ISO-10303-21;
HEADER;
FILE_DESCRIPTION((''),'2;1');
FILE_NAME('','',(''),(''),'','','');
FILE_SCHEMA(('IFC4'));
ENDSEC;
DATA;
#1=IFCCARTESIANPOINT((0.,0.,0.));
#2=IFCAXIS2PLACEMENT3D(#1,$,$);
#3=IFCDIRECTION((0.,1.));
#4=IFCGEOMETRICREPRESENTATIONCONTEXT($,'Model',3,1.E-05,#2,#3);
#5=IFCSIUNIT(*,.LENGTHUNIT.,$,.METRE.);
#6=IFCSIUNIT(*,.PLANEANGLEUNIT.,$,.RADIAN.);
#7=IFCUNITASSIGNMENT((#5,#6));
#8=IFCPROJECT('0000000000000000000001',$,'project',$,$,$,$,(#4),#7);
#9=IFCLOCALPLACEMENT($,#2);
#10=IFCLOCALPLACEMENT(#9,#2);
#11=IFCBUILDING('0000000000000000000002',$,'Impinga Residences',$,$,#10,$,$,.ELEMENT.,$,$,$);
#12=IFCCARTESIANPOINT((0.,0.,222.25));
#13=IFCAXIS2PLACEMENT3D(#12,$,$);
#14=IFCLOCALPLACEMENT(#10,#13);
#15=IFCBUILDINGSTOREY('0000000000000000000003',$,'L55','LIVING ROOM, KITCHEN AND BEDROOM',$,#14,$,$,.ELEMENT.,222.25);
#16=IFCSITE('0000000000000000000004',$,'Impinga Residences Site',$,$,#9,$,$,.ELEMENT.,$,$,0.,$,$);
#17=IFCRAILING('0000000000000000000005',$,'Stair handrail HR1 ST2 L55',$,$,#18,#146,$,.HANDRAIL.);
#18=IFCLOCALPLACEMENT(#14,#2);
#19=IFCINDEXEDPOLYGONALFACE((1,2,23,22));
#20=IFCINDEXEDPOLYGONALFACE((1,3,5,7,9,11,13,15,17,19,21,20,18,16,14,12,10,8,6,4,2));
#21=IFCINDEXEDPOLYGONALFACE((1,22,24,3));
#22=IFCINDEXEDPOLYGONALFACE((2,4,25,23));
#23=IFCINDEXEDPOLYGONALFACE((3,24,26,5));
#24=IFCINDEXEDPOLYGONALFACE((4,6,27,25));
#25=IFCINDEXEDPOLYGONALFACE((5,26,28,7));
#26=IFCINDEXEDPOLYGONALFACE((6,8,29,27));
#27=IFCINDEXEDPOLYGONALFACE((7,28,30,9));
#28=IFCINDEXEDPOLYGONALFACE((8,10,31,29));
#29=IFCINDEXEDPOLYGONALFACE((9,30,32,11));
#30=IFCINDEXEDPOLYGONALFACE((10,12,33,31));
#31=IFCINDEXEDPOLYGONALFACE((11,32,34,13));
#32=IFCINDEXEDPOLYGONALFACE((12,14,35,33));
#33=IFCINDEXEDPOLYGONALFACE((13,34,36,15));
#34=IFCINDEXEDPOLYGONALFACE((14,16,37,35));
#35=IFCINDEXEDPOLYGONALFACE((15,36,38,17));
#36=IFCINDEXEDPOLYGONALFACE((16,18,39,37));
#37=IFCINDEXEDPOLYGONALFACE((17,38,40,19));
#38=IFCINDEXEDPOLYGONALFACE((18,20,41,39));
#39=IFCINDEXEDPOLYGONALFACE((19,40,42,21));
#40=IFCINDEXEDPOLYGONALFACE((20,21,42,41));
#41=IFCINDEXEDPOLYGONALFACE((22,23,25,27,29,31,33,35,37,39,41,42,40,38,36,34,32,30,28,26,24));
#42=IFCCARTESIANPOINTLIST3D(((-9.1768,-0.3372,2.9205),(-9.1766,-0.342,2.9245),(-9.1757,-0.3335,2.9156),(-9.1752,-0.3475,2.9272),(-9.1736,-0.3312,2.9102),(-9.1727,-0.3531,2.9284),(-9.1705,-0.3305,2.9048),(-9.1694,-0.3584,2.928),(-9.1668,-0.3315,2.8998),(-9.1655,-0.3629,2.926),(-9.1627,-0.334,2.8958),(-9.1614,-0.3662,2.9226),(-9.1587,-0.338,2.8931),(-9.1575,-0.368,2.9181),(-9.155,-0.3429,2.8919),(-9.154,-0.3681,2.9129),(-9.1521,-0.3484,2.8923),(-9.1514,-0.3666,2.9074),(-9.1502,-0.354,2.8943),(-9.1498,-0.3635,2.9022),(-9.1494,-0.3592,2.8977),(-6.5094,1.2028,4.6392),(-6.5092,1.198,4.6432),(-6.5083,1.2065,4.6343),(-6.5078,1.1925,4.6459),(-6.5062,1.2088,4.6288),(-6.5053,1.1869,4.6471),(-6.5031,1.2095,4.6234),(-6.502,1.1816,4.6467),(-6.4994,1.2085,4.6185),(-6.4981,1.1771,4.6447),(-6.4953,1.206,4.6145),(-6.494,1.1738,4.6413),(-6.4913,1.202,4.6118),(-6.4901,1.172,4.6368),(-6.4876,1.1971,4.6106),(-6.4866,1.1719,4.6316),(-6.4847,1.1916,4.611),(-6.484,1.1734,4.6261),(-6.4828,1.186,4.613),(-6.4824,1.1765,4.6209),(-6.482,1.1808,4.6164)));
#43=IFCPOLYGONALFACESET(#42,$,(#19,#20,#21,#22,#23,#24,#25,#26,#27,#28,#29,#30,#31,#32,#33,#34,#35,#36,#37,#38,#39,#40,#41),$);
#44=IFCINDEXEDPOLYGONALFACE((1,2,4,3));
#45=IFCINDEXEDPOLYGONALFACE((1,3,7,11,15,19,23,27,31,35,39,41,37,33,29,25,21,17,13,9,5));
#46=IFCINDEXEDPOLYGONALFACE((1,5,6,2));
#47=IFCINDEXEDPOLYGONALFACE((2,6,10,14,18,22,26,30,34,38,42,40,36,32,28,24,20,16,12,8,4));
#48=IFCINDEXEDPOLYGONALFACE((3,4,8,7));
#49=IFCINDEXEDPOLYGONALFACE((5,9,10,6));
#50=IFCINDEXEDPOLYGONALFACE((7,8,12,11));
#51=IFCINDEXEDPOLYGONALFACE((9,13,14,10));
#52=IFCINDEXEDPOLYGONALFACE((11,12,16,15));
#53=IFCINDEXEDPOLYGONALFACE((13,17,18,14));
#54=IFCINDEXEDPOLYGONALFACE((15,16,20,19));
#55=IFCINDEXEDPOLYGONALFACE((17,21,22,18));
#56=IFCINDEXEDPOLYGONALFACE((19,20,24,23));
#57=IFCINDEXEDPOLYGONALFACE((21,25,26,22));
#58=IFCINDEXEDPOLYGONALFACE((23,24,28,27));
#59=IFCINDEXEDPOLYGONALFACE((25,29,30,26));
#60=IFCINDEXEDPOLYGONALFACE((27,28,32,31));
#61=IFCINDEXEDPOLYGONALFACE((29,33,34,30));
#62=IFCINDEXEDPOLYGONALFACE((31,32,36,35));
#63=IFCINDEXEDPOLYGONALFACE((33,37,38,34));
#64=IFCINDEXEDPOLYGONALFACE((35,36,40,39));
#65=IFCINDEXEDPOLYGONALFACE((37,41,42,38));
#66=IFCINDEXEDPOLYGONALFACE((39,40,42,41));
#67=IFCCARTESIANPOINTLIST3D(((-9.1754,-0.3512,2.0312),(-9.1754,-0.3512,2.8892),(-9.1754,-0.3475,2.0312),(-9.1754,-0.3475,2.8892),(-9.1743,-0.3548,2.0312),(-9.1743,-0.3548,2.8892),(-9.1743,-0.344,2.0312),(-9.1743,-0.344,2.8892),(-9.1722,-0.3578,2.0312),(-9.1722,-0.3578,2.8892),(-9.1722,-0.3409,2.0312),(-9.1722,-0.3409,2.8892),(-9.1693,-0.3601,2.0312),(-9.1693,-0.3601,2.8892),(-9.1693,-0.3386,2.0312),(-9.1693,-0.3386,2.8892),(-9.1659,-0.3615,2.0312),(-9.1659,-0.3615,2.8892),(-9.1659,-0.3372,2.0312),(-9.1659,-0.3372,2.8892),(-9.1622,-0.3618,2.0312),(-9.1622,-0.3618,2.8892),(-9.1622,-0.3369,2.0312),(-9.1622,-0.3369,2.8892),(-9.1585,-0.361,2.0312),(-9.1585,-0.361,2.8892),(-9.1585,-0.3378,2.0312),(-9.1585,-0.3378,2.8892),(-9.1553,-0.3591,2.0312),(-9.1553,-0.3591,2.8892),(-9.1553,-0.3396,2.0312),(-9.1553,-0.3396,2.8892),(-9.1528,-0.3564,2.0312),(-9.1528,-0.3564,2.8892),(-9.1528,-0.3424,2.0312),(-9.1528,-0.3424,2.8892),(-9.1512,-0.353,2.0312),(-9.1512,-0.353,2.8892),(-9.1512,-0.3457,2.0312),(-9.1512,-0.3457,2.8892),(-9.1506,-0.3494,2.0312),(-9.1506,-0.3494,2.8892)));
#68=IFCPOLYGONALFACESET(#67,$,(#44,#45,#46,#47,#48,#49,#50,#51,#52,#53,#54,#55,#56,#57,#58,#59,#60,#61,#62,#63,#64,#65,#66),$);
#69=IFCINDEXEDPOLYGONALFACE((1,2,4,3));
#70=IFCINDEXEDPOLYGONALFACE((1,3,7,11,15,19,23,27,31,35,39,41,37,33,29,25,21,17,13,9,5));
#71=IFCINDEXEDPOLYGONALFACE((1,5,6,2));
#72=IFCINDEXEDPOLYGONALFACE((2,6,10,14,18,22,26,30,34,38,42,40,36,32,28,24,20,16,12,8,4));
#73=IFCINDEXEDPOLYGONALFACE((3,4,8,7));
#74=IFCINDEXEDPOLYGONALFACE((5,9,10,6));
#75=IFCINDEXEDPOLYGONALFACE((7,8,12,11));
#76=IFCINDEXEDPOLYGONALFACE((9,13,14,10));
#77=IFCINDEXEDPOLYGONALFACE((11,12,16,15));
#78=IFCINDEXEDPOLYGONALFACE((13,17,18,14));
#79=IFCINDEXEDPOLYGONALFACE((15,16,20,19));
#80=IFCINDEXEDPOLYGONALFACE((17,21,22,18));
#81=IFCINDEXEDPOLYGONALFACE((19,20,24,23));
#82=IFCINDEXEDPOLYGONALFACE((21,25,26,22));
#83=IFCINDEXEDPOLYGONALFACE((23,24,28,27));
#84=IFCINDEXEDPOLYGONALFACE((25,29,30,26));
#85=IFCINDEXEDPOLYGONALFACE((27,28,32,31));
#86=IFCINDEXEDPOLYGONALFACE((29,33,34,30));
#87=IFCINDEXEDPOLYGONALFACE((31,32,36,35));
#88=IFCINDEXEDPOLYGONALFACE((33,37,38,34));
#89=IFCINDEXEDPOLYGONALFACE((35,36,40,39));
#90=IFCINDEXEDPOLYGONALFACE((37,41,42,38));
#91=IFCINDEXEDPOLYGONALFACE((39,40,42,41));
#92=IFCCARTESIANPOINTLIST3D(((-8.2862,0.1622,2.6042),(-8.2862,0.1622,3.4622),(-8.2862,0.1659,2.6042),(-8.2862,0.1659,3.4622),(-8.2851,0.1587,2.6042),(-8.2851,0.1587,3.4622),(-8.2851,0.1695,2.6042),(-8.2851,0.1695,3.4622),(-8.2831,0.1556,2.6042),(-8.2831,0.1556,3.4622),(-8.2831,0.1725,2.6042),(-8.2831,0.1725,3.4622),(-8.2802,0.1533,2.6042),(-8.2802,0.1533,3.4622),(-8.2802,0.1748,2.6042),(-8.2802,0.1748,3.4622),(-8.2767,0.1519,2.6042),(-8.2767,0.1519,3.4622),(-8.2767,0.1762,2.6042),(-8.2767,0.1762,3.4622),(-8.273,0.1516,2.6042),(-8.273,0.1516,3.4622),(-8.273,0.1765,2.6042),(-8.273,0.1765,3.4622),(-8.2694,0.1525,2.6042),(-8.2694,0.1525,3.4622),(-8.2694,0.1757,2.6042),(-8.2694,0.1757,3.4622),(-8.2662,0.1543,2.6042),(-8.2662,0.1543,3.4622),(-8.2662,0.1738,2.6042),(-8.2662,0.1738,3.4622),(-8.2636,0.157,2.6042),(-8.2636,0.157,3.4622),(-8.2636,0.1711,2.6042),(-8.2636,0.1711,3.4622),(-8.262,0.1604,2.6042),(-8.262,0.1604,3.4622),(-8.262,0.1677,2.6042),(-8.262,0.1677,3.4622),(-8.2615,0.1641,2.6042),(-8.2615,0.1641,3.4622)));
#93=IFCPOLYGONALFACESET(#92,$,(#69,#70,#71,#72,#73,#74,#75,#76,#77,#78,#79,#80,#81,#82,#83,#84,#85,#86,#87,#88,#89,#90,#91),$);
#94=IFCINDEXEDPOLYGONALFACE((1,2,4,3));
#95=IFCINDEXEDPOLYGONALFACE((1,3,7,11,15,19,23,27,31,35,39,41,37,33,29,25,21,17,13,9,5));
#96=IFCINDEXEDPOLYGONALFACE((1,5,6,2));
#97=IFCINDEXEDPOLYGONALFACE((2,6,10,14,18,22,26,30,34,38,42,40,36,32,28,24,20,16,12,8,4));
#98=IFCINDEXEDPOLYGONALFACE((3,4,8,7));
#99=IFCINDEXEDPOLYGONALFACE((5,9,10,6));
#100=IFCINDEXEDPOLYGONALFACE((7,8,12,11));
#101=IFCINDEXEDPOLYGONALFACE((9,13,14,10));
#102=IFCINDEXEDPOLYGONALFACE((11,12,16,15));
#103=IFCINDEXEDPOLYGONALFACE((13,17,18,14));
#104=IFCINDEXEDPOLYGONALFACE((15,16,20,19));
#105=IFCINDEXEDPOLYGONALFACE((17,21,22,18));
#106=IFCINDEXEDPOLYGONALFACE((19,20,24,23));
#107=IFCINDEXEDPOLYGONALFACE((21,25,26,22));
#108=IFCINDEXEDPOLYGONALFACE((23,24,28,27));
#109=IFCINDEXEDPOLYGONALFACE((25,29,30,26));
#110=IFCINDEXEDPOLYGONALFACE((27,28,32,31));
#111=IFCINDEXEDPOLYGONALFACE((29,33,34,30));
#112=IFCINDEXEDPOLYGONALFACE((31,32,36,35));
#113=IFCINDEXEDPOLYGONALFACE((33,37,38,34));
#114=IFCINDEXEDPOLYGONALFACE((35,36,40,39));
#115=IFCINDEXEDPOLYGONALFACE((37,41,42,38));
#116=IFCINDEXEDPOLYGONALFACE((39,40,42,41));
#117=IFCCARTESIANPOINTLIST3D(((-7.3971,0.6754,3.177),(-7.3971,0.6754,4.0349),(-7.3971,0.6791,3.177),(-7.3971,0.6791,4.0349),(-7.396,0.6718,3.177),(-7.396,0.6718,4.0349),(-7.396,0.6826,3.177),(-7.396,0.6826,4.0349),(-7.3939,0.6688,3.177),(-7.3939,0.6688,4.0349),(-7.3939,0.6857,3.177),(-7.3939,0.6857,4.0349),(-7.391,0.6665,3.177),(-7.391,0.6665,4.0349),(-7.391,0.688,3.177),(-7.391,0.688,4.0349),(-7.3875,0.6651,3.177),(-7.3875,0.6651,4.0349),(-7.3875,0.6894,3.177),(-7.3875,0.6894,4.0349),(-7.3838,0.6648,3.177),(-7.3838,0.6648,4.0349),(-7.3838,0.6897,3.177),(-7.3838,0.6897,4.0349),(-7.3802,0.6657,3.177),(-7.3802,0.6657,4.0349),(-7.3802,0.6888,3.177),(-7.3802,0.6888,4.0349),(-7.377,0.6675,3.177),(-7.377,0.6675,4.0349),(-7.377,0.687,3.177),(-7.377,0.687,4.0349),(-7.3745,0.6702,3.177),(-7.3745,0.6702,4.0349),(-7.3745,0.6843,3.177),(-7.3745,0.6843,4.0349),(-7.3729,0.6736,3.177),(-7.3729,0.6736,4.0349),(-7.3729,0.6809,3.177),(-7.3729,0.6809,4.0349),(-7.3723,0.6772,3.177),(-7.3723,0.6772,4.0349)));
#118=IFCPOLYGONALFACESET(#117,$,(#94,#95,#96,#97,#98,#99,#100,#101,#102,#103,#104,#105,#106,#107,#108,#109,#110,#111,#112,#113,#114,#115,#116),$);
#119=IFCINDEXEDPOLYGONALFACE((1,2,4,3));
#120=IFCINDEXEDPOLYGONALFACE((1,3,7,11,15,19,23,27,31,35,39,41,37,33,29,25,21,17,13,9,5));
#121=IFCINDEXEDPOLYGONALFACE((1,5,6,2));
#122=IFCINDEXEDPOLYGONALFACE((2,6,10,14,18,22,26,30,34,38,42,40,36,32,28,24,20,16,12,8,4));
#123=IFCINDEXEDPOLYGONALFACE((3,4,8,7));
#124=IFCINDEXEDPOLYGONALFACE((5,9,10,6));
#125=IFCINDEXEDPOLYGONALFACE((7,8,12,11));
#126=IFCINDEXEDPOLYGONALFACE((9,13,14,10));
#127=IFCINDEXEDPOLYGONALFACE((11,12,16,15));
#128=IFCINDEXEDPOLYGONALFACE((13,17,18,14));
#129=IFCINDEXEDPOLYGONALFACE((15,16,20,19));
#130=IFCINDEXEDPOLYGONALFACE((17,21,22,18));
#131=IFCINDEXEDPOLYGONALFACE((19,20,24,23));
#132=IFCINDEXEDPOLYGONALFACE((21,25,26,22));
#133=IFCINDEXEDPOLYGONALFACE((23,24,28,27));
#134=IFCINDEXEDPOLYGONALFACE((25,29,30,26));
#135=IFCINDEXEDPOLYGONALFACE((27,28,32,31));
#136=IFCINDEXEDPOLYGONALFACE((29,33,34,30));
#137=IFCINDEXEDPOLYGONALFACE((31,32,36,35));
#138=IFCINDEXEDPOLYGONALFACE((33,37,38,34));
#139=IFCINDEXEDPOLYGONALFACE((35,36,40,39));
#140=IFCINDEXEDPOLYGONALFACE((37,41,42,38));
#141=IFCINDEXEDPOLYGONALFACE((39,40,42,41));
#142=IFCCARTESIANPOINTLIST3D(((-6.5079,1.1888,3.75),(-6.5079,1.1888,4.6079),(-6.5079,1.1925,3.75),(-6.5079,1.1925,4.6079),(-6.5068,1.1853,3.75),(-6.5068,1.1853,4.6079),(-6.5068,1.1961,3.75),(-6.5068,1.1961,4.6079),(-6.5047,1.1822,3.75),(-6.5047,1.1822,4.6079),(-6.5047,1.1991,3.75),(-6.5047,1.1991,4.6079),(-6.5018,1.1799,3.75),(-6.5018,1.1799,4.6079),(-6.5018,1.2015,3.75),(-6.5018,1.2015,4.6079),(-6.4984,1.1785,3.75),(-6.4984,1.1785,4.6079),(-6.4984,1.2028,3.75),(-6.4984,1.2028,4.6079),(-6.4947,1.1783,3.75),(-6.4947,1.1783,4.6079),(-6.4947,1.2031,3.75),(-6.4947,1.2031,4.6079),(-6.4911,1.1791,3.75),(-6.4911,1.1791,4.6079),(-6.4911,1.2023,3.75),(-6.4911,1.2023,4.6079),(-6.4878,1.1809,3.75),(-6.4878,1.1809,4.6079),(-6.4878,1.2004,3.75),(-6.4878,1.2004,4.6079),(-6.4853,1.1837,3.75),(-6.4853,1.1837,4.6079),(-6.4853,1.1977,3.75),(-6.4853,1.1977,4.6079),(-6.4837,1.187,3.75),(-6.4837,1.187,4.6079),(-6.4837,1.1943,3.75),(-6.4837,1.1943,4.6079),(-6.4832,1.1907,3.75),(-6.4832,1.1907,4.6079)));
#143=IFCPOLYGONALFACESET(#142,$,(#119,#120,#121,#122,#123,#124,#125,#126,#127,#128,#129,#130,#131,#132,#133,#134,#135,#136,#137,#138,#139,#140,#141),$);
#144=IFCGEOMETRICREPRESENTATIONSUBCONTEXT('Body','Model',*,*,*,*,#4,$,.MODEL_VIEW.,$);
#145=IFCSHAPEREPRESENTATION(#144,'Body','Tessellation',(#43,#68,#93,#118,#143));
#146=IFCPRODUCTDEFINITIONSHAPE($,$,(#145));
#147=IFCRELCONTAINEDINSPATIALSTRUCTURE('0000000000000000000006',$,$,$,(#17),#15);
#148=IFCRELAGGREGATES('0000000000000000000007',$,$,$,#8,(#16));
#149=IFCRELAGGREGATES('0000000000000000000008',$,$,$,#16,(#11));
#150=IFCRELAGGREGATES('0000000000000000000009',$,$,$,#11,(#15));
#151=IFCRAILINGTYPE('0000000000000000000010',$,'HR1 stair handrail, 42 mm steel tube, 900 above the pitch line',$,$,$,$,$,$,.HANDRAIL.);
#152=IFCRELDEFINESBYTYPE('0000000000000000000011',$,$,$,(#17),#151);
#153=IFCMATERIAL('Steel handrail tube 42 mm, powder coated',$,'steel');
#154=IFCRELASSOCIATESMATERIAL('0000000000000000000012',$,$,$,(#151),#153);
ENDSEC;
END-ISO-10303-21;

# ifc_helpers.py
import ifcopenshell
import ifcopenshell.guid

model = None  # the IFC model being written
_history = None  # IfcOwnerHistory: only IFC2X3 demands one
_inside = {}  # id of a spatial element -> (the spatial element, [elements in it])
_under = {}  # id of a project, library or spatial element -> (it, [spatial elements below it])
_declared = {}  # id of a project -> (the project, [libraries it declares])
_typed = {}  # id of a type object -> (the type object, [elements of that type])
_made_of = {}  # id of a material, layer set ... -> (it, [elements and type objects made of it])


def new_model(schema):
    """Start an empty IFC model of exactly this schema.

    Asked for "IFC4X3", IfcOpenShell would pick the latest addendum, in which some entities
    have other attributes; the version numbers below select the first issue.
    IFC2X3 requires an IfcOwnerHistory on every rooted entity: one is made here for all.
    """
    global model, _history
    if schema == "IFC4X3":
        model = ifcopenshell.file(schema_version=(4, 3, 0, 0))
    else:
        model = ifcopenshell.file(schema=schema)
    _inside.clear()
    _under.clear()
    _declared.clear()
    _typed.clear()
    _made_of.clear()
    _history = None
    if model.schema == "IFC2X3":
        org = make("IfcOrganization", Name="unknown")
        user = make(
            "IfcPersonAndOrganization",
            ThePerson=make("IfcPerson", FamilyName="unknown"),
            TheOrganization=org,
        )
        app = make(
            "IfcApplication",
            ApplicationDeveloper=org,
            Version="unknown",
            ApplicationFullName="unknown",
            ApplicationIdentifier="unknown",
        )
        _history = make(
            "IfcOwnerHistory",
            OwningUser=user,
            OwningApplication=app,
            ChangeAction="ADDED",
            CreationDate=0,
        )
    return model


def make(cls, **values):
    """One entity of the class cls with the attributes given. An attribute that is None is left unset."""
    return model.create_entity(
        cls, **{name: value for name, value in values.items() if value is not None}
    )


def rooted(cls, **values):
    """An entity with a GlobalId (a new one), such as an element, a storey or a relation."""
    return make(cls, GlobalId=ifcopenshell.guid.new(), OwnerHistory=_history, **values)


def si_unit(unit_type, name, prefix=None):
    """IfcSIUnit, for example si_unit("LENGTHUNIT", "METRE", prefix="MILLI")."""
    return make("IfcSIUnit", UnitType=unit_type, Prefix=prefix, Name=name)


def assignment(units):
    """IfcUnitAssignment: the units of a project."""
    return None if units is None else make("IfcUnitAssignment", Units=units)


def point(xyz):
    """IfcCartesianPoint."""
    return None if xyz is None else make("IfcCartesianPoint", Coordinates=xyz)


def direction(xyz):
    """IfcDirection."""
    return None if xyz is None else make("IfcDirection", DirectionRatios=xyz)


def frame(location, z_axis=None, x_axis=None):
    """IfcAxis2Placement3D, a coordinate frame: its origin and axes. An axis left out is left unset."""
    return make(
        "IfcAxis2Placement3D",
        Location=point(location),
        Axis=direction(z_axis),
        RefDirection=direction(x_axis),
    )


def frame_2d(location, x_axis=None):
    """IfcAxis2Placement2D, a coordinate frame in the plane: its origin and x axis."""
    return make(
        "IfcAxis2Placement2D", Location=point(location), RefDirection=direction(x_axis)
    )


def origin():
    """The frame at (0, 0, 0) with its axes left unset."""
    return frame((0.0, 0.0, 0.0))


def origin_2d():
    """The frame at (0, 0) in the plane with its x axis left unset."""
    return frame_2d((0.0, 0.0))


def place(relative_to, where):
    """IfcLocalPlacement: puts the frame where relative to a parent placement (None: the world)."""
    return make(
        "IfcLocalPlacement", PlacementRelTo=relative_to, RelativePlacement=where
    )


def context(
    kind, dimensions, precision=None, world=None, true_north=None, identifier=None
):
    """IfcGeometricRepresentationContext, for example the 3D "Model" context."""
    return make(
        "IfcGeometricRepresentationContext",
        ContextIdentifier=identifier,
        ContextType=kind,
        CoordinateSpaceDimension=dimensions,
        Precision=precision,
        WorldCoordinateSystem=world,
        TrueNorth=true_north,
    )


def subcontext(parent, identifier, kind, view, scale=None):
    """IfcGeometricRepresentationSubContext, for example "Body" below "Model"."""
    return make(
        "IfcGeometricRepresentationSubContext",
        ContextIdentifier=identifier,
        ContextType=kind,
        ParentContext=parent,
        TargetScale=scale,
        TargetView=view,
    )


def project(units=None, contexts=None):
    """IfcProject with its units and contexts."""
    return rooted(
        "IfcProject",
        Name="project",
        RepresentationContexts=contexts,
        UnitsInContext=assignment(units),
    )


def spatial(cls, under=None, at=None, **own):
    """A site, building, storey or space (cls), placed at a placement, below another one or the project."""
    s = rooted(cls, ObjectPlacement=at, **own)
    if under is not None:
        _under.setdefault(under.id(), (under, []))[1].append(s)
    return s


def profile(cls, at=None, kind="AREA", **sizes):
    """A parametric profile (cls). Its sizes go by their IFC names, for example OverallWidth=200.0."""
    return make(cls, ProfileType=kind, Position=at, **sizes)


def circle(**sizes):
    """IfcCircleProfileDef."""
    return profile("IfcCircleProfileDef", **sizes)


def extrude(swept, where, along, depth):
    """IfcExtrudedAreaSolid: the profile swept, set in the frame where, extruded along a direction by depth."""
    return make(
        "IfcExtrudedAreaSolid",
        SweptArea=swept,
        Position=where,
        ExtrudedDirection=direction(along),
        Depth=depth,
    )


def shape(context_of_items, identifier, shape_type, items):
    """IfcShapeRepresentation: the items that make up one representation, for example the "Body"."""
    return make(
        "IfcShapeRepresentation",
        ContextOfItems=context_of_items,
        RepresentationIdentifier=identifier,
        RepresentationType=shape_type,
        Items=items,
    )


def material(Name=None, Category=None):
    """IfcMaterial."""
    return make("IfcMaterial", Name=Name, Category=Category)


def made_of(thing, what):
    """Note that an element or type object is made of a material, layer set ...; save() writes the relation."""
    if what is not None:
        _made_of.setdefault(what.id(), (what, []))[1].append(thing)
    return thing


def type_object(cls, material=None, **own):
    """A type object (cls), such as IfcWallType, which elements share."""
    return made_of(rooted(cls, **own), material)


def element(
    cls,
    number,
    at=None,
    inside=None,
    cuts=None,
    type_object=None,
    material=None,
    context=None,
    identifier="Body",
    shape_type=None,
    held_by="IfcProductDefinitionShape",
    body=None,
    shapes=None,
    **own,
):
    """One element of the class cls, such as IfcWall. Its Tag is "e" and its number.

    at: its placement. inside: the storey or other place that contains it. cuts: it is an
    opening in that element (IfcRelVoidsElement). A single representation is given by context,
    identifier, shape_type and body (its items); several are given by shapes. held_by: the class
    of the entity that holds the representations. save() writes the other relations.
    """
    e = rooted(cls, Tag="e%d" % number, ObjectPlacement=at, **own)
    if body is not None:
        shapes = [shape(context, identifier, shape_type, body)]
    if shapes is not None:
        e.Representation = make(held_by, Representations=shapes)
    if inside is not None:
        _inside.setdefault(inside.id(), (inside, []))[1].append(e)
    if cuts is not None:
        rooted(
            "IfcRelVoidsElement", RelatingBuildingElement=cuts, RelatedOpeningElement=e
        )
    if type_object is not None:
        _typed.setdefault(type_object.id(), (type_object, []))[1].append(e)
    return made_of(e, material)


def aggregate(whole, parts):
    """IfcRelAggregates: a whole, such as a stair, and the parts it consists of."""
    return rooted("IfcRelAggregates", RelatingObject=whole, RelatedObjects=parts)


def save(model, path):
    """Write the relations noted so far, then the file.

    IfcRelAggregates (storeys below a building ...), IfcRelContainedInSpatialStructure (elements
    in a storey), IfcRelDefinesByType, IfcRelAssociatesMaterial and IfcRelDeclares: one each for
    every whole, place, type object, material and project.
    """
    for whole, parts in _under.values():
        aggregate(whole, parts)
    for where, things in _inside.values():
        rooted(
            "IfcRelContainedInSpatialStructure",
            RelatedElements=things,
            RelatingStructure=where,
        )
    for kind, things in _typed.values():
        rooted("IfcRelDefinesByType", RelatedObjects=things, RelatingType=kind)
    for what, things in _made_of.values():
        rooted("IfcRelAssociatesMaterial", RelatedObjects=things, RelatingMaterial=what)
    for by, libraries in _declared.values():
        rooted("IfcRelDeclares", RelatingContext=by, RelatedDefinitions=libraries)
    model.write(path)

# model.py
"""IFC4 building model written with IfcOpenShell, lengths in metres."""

from ifc_helpers import new_model, si_unit, direction, frame, origin, origin_2d, place, context, subcontext, project, spatial, circle, extrude, material, type_object, element, save


model = new_model("IFC4")

# Units and contexts
model_context = context("Model", 3, precision=1e-05, world=origin(), true_north=direction((0.0, 1.0)))
body_context = subcontext(model_context, "Body", "Model", "MODEL_VIEW")
ifc_project = project(units=[si_unit("LENGTHUNIT", "METRE"), si_unit("PLANEANGLEUNIT", "RADIAN")], contexts=[model_context])

# Site, building, storey
site_placement = place(None, origin())
site = spatial("IfcSite", under=ifc_project, at=site_placement, Name="Impinga Residences Site", CompositionType="ELEMENT", RefElevation=0.0)
building_placement = place(site_placement, origin())
building = spatial("IfcBuilding", under=site, at=building_placement, Name="Impinga Residences", CompositionType="ELEMENT")
storey_placement = place(building_placement, frame((0.0, 0.0, 222.25)))
storey = spatial("IfcBuildingStorey", under=building, at=storey_placement, Name="L55", Description="LIVING ROOM, KITCHEN AND BEDROOM", CompositionType="ELEMENT", Elevation=222.25)

# Railing
ifc_material_1 = material(Name="Steel handrail tube 42 mm, powder coated", Category="steel")
railing_type_1 = type_object("IfcRailingType", Name="HR1 stair handrail, 42 mm steel tube, 900 above the pitch line", PredefinedType="HANDRAIL", material=ifc_material_1)
railing_1_placement = place(storey_placement, frame((-9.1631, -0.3494, 2.0312)))
element("IfcRailing", 1, at=railing_1_placement, inside=storey, type_object=railing_type_1, Name="Stair handrail HR1 ST2 L55", PredefinedType="HANDRAIL", context=body_context, shape_type="SweptSolid", body=[
    extrude(circle(Radius=0.021, at=origin_2d()), frame((0.0, 0.0, 0.8789), z_axis=(0.756256, 0.436616, 0.487282), x_axis=(-0.499992, 0.86603, 0.0)), (0.0, 0.0, 1.0), 3.5271),
    extrude(circle(Radius=0.0125, at=origin_2d()), origin(), (0.0, 0.0, 1.0), 0.8579),
    extrude(circle(Radius=0.0125, at=origin_2d()), frame((0.8892, 0.5134, 0.573)), (0.0, 0.0, 1.0), 0.8579),
    extrude(circle(Radius=0.0125, at=origin_2d()), frame((1.7783, 1.0266, 1.1458)), (0.0, 0.0, 1.0), 0.8579),
    extrude(circle(Radius=0.0125, at=origin_2d()), frame((2.6675, 1.54, 1.7188)), (0.0, 0.0, 1.0), 0.8579),
])

save(model, "model.ifc")
